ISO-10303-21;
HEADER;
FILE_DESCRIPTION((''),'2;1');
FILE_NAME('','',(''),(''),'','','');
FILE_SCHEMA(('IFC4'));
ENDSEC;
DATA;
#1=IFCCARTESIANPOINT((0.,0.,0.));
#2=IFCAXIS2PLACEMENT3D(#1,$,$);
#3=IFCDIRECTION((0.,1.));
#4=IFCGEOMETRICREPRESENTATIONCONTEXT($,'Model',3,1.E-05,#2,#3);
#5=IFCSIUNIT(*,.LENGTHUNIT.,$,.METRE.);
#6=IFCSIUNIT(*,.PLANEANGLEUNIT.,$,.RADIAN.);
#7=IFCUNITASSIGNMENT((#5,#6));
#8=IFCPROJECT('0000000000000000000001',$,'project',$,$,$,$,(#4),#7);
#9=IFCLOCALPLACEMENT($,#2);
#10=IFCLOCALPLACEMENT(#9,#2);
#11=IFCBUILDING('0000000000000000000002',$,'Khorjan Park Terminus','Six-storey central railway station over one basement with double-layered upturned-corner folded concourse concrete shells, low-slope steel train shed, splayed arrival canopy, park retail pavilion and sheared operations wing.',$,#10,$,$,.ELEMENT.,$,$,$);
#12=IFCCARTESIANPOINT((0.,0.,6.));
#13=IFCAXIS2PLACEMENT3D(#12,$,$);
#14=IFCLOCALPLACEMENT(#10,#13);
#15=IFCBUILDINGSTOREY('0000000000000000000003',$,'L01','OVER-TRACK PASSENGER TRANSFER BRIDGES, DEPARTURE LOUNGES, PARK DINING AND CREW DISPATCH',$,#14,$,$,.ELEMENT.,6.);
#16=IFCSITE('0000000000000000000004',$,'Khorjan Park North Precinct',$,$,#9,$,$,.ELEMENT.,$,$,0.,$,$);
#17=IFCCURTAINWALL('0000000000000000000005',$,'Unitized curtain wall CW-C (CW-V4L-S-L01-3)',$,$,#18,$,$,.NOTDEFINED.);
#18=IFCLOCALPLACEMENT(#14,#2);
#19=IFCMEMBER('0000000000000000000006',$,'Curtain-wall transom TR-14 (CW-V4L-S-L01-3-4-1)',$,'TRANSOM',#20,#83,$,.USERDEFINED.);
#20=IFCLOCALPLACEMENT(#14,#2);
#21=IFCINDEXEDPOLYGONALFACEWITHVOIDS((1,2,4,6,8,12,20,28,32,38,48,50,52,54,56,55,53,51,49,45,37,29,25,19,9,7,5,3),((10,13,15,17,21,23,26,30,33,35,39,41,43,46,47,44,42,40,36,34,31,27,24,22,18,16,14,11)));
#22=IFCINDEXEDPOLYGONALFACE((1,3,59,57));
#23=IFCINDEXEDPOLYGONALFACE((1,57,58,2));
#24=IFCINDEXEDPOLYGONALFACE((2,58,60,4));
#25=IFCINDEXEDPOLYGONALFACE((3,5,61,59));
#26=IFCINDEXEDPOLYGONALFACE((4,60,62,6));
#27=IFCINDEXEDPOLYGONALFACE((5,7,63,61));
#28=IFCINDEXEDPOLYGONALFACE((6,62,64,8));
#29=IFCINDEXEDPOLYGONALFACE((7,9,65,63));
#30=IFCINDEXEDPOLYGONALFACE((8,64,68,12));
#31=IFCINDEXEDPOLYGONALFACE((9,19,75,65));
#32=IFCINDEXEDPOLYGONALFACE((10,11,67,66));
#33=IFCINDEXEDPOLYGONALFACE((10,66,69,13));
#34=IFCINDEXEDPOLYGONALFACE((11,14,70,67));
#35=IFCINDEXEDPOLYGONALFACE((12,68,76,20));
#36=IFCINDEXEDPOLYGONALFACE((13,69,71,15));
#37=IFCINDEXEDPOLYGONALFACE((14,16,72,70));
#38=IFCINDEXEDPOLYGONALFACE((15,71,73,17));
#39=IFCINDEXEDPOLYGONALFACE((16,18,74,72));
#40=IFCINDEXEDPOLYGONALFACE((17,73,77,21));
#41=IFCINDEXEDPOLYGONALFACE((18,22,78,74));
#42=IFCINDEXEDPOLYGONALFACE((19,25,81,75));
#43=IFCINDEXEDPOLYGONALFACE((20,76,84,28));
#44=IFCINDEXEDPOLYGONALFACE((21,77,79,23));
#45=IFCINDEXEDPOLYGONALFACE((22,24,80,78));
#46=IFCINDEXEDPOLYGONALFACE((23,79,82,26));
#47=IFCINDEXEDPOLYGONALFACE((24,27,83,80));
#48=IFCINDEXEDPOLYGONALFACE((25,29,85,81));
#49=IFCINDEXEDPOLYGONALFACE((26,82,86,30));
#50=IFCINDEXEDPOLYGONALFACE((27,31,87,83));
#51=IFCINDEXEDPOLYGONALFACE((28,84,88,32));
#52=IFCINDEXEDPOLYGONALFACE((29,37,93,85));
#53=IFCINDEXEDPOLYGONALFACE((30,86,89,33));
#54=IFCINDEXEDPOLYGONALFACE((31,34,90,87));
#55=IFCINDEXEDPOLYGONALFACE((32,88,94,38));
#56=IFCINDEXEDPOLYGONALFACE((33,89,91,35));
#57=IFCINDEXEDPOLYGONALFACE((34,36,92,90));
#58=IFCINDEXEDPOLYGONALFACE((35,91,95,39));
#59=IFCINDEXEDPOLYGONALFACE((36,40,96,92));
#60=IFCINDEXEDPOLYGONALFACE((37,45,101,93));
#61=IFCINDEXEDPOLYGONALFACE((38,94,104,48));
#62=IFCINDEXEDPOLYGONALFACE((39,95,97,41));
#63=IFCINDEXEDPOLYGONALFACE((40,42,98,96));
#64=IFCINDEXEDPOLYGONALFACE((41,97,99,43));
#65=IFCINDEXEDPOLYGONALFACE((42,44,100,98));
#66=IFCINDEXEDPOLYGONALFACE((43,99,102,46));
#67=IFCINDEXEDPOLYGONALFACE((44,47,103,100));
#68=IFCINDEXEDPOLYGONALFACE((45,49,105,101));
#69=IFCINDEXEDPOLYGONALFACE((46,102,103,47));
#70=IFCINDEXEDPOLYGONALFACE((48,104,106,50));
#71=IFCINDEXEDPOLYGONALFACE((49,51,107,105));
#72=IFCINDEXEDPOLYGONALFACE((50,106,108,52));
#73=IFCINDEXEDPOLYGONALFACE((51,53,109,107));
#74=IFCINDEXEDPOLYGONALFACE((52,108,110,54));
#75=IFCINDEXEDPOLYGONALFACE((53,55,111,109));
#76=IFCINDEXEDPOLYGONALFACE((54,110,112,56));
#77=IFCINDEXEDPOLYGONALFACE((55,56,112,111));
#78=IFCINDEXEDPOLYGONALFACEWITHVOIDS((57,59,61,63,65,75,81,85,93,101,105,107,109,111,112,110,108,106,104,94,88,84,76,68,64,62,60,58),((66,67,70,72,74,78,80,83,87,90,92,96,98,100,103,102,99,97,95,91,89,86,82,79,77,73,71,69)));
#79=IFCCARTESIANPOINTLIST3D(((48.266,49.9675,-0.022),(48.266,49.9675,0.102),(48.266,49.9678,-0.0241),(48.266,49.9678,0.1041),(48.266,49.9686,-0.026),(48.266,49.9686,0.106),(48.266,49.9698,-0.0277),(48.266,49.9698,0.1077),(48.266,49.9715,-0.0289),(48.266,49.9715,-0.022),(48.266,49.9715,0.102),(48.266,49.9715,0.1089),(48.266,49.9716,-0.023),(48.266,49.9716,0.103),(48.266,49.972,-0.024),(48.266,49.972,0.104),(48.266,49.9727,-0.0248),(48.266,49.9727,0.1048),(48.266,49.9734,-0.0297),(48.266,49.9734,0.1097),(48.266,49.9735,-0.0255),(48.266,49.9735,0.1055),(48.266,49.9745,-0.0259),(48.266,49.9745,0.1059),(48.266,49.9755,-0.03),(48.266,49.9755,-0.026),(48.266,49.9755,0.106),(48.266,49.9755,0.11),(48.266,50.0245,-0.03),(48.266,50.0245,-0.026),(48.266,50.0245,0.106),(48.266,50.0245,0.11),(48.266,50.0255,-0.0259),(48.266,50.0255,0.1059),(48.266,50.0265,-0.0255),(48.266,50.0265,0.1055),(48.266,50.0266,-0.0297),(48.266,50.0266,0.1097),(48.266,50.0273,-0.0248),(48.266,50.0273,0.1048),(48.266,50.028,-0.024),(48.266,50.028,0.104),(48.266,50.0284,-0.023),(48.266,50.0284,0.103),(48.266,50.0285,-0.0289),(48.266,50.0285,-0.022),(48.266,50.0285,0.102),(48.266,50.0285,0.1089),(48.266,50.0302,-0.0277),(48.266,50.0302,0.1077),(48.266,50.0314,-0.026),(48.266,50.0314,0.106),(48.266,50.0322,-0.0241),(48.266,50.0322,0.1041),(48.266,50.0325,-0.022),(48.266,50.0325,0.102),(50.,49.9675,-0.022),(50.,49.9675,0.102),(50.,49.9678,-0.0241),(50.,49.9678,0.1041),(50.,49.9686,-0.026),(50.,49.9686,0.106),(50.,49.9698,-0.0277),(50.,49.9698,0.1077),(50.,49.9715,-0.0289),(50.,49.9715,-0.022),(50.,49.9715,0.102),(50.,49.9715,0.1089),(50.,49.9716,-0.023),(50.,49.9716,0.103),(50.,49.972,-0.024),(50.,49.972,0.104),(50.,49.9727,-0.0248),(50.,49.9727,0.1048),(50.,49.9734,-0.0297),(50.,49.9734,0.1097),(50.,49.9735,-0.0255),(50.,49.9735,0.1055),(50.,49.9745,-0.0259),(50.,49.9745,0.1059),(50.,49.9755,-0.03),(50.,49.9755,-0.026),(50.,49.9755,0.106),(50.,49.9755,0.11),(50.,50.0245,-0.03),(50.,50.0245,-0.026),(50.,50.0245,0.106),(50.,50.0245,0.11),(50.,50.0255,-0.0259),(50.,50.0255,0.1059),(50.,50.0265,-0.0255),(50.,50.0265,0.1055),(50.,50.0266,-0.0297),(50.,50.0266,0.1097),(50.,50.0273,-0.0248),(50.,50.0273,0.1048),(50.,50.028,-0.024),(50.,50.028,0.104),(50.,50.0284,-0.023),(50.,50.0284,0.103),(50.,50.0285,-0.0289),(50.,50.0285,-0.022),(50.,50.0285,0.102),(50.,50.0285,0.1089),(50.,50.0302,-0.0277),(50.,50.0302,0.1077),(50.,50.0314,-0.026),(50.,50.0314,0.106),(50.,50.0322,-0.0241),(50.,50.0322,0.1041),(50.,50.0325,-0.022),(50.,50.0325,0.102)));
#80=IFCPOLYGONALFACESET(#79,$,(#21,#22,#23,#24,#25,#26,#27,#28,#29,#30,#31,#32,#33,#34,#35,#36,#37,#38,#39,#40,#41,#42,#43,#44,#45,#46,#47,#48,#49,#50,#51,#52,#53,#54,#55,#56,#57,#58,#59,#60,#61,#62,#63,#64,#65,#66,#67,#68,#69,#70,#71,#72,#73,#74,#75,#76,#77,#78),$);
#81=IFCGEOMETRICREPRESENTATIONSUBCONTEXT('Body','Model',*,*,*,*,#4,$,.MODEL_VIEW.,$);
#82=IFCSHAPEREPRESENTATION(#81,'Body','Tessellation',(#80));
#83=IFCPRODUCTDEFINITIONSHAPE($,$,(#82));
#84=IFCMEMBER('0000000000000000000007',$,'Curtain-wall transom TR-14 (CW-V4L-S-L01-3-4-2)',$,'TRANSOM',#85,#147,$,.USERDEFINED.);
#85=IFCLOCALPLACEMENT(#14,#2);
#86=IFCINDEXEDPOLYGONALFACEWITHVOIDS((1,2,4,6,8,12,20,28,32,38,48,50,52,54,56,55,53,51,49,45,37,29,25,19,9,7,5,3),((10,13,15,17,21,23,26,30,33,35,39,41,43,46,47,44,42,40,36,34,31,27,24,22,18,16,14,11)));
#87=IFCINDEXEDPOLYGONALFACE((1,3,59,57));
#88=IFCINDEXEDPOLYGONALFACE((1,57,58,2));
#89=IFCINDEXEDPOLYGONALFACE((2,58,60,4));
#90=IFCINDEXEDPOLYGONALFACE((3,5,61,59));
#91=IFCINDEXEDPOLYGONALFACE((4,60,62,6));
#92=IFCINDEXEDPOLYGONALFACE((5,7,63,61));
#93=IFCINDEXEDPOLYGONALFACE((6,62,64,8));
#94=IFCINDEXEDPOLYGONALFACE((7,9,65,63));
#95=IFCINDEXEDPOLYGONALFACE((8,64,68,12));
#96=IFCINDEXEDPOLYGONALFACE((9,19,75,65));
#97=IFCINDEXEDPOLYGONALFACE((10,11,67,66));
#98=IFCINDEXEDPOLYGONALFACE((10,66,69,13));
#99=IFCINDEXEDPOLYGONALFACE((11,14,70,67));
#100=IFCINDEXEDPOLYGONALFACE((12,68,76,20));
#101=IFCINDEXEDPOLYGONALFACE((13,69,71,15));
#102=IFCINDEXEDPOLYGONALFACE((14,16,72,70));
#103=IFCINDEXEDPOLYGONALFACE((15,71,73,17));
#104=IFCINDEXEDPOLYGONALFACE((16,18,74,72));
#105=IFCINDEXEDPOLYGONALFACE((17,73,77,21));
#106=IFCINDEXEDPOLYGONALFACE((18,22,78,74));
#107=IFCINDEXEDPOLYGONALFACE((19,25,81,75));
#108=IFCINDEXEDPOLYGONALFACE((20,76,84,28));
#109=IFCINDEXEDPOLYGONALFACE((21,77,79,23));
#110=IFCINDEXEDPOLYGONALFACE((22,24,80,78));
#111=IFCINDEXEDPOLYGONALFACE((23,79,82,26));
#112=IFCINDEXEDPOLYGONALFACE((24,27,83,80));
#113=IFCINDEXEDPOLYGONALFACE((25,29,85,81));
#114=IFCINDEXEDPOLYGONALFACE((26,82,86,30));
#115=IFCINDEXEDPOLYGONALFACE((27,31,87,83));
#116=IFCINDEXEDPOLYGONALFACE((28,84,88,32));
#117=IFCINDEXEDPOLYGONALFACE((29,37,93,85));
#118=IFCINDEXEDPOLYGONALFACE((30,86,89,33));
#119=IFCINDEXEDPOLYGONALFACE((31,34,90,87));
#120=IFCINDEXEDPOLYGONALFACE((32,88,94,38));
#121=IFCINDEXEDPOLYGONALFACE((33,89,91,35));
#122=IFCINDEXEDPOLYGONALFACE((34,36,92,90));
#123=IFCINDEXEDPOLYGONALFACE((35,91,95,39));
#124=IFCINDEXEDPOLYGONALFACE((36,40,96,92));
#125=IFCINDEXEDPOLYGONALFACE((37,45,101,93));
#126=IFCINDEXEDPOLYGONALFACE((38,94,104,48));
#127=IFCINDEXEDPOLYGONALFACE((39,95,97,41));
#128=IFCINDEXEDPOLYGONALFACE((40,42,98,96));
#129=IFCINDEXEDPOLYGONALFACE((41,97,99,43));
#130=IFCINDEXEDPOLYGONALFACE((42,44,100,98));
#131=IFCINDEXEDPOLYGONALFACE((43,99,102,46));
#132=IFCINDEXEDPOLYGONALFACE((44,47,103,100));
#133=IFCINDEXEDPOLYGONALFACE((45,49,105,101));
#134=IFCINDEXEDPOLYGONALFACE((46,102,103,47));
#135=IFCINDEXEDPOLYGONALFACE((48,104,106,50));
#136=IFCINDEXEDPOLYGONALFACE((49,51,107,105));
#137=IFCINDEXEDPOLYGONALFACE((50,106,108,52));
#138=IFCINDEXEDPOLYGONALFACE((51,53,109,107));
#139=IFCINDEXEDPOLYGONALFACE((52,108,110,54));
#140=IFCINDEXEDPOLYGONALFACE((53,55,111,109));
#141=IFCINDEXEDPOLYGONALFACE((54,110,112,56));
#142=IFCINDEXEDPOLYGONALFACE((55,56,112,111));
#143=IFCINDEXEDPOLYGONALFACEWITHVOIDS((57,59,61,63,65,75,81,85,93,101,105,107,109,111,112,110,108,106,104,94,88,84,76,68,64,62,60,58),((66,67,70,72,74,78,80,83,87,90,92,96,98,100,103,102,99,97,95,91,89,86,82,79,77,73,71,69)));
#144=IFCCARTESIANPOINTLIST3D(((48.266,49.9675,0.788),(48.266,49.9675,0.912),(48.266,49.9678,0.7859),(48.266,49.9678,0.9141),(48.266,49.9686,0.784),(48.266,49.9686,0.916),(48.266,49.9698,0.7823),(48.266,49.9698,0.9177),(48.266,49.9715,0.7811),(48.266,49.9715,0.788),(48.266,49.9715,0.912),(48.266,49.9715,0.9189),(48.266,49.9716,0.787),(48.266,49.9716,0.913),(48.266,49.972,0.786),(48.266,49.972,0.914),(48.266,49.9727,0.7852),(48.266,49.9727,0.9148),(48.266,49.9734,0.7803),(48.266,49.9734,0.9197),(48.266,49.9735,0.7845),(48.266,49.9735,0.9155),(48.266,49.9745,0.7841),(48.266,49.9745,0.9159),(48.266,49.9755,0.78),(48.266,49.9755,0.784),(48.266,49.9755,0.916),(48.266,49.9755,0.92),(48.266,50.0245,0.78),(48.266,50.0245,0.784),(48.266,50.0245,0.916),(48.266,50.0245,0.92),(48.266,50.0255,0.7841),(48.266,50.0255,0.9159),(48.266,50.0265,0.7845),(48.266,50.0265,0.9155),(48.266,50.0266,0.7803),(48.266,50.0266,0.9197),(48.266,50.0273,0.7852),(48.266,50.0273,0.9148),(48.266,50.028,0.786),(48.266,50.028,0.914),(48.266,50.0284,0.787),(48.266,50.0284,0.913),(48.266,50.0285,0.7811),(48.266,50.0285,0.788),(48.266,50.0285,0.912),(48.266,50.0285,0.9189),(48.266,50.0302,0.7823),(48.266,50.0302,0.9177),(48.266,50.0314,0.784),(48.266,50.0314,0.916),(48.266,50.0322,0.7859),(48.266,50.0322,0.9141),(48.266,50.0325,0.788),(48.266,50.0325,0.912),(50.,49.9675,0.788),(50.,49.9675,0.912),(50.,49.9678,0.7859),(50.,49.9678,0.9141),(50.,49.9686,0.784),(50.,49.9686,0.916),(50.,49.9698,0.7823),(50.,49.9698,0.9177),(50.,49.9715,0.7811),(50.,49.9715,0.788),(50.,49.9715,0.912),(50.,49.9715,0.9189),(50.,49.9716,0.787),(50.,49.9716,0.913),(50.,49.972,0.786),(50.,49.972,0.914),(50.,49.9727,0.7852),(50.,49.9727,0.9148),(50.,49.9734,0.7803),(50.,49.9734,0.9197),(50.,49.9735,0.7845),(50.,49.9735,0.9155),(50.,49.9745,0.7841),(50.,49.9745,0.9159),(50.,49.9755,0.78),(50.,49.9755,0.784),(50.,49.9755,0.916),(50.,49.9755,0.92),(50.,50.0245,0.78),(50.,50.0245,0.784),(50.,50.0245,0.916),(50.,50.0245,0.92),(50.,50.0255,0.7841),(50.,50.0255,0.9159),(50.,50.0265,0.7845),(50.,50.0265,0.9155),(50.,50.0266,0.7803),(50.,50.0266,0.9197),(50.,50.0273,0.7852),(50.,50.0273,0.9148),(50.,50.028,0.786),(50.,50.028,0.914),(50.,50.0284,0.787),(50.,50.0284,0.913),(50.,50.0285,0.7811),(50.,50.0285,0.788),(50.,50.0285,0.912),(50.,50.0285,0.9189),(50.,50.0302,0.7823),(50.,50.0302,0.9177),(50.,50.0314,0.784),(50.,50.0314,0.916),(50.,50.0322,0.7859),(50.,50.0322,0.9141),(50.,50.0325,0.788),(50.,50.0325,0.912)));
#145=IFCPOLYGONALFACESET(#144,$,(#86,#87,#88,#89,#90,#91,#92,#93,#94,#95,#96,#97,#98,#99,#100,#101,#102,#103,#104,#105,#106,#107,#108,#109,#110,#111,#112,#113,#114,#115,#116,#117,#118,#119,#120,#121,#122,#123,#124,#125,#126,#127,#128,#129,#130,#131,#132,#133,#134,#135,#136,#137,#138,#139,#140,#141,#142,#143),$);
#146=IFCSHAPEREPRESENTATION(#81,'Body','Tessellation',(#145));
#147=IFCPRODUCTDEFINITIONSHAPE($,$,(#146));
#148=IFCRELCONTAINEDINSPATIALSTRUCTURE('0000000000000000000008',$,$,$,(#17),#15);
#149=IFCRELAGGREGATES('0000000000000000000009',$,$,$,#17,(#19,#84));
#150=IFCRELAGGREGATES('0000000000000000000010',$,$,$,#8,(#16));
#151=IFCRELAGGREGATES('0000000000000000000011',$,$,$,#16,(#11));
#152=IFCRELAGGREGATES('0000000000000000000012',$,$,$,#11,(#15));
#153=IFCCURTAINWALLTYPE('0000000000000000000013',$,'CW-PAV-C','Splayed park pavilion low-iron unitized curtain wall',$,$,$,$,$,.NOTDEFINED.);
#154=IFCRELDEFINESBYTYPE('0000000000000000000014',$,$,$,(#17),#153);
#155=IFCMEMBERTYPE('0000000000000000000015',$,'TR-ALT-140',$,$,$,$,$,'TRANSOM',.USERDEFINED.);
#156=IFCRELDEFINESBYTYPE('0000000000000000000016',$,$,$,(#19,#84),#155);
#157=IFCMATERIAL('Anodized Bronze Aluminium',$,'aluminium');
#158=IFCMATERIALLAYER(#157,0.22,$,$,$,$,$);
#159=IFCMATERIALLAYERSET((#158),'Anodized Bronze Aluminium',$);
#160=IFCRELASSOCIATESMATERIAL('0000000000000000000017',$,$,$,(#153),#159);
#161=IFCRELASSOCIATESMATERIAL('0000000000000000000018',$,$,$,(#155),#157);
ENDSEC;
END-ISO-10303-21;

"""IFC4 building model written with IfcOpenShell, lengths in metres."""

from ifc_helpers import new_model, si_unit, direction, frame, origin, origin_2d, place, context, subcontext, project, spatial, hollow_rectangle, extrude, material, layer, layer_set, material_profile, profile_set, type_object, element, aggregate, save


model = new_model("IFC4")

# Units and contexts
model_context = context("Model", 3, precision=1e-05, world=origin(), true_north=direction((0.0, 1.0)))
body_context = subcontext(model_context, "Body", "Model", "MODEL_VIEW")
ifc_project = project(units=[si_unit("LENGTHUNIT", "METRE"), si_unit("PLANEANGLEUNIT", "RADIAN")], contexts=[model_context])

# Site, building, storey
site_placement = place(None, origin())
site = spatial("IfcSite", under=ifc_project, at=site_placement, Name="Khorjan Park North Precinct", CompositionType="ELEMENT", RefElevation=0.0)
building_placement = place(site_placement, origin())
building = spatial("IfcBuilding", under=site, at=building_placement, Name="Khorjan Park Terminus", Description="Six-storey central railway station over one basement with double-layered upturned-corner folded concourse concrete shells, low-slope steel train shed, splayed arrival canopy, park retail pavilion and sheared operations wing.", CompositionType="ELEMENT")
storey_placement = place(building_placement, frame((0.0, 0.0, 6.0)))
storey = spatial("IfcBuildingStorey", under=building, at=storey_placement, Name="L01", Description="OVER-TRACK PASSENGER TRANSFER BRIDGES, DEPARTURE LOUNGES, PARK DINING AND CREW DISPATCH", CompositionType="ELEMENT", Elevation=6.0)

# Curtain wall
ifc_material_1 = material(Name="Anodized Bronze Aluminium", Category="aluminium")
ifc_layer_1 = layer(ifc_material_1, 0.22)
ifc_layer_set_1 = layer_set([ifc_layer_1], Name="Anodized Bronze Aluminium")
curtain_wall_type_1 = type_object("IfcCurtainWallType", Name="CW-PAV-C", Description="Splayed park pavilion low-iron unitized curtain wall", PredefinedType="NOTDEFINED", material=ifc_layer_set_1)
curtain_wall_1_placement = place(storey_placement, origin())
curtain_wall_1 = element("IfcCurtainWall", 1, at=curtain_wall_1_placement, inside=storey, type_object=curtain_wall_type_1, Name="Unitized curtain wall CW-C (CW-V4L-S-L01-3)", PredefinedType="NOTDEFINED")

# Members
ifc_material_profile_1 = material_profile(ifc_material_1, hollow_rectangle(XDim=0.065, YDim=0.14, WallThickness=0.004, InnerFilletRadius=0.004, OuterFilletRadius=0.008, at=origin_2d()), Name="ALT 65x140x4")
ifc_profile_set_1 = profile_set([ifc_material_profile_1], Name="Anodized Bronze Aluminium")
member_type_1 = type_object("IfcMemberType", Name="TR-ALT-140", ElementType="TRANSOM", PredefinedType="USERDEFINED", material=ifc_profile_set_1)
member_1_placement = place(storey_placement, frame((48.266, 50.0, 0.04), z_axis=(1.0, 0.0, 0.0), x_axis=(0.0, 1.0, 0.0)))
member_1 = element("IfcMember", 2, at=member_1_placement, type_object=member_type_1, Name="Curtain-wall transom TR-14 (CW-V4L-S-L01-3-4-1)", ObjectType="TRANSOM", PredefinedType="USERDEFINED", context=body_context, shape_type="SweptSolid", body=[
    extrude(hollow_rectangle(XDim=0.065, YDim=0.14, WallThickness=0.004, InnerFilletRadius=0.004, OuterFilletRadius=0.008, at=origin_2d()), origin(), (0.0, 0.0, 1.0), 1.734),
])
member_2_placement = place(storey_placement, frame((48.266, 50.0, 0.85), z_axis=(1.0, 0.0, 0.0), x_axis=(0.0, 1.0, 0.0)))
member_2 = element("IfcMember", 3, at=member_2_placement, type_object=member_type_1, Name="Curtain-wall transom TR-14 (CW-V4L-S-L01-3-4-2)", ObjectType="TRANSOM", PredefinedType="USERDEFINED", context=body_context, shape_type="SweptSolid", body=[
    extrude(hollow_rectangle(XDim=0.065, YDim=0.14, WallThickness=0.004, InnerFilletRadius=0.004, OuterFilletRadius=0.008, at=origin_2d()), origin(), (0.0, 0.0, 1.0), 1.734),
])

aggregate(curtain_wall_1, [member_1, member_2])

save(model, "model.ifc")
